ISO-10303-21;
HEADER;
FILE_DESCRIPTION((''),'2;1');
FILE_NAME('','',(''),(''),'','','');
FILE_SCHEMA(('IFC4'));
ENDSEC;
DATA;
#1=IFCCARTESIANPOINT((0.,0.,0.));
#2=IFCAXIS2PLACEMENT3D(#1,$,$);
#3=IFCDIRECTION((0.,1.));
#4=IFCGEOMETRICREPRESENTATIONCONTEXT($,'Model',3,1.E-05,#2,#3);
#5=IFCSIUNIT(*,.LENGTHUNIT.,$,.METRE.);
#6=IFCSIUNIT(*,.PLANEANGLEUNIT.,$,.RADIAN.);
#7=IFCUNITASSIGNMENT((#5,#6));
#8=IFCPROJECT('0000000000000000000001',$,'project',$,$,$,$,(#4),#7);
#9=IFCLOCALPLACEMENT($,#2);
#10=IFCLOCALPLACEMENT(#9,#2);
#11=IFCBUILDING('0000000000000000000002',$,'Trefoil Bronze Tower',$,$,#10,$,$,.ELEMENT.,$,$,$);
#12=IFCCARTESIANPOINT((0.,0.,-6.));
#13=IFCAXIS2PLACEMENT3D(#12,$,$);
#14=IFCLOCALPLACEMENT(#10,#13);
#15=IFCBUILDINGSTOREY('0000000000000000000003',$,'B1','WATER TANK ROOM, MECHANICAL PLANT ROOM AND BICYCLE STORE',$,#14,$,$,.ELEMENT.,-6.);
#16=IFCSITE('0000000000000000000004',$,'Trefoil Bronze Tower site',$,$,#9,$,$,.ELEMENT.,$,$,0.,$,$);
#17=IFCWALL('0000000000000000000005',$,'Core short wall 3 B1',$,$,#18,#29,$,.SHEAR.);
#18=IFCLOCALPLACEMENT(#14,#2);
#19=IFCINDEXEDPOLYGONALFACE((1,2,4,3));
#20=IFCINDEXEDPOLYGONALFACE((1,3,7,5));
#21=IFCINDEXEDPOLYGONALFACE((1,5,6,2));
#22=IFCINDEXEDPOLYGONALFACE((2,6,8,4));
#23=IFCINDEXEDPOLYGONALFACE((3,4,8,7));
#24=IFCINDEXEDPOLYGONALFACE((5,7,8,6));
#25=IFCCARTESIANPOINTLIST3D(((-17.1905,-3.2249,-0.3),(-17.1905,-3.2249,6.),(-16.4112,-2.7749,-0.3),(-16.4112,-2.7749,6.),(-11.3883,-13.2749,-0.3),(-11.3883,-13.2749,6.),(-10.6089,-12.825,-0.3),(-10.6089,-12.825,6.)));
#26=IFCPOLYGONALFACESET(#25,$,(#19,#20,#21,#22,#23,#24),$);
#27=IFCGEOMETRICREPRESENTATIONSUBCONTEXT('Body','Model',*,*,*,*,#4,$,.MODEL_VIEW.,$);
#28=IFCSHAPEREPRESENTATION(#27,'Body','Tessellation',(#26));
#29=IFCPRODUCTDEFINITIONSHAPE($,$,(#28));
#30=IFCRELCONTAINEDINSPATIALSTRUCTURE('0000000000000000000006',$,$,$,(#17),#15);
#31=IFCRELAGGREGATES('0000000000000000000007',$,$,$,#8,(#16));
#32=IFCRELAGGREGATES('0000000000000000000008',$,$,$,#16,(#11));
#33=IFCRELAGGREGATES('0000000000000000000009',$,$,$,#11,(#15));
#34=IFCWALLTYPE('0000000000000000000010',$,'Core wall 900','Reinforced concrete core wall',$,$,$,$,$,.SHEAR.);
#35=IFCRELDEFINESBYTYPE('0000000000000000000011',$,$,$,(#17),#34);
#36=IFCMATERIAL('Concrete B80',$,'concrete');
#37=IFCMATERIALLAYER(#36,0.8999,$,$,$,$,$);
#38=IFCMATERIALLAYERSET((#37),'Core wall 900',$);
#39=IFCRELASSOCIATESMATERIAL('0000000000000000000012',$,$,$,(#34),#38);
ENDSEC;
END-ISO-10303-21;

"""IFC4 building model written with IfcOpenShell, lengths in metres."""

from ifc_helpers import new_model, si_unit, direction, frame, frame_2d, origin, place, context, subcontext, project, spatial, rectangle, extrude, material, layer, layer_set, type_object, element, save


model = new_model("IFC4")

# Units and contexts
model_context = context("Model", 3, precision=1e-05, world=origin(), true_north=direction((0.0, 1.0)))
body_context = subcontext(model_context, "Body", "Model", "MODEL_VIEW")
ifc_project = project(units=[si_unit("LENGTHUNIT", "METRE"), si_unit("PLANEANGLEUNIT", "RADIAN")], contexts=[model_context])

# Site, building, storey
site_placement = place(None, origin())
site = spatial("IfcSite", under=ifc_project, at=site_placement, Name="Trefoil Bronze Tower site", CompositionType="ELEMENT", RefElevation=0.0)
building_placement = place(site_placement, origin())
building = spatial("IfcBuilding", under=site, at=building_placement, Name="Trefoil Bronze Tower", CompositionType="ELEMENT")
storey_placement = place(building_placement, frame((0.0, 0.0, -6.0)))
storey = spatial("IfcBuildingStorey", under=building, at=storey_placement, Name="B1", Description="WATER TANK ROOM, MECHANICAL PLANT ROOM AND BICYCLE STORE", CompositionType="ELEMENT", Elevation=-6.0)

# Wall
ifc_material_1 = material(Name="Concrete B80", Category="concrete")
ifc_layer_1 = layer(ifc_material_1, 0.8999)
ifc_layer_set_1 = layer_set([ifc_layer_1], Name="Core wall 900")
wall_type_1 = type_object("IfcWallType", Name="Core wall 900", Description="Reinforced concrete core wall", PredefinedType="SHEAR", material=ifc_layer_set_1)
wall_1_placement = place(storey_placement, frame((-16.8008, -3.0, -0.3), z_axis=(0.0, 0.0, 1.0), x_axis=(0.49999, -0.866031, 0.0)))
element("IfcWall", 1, at=wall_1_placement, inside=storey, type_object=wall_type_1, Name="Core short wall 3 B1", PredefinedType="SHEAR", context=body_context, shape_type="SweptSolid", body=[
    extrude(rectangle(XDim=11.6047, YDim=0.8999, at=frame_2d((5.8022, 0.0))), origin(), (0.0, 0.0, 1.0), 6.3),
])

save(model, "model.ifc")
